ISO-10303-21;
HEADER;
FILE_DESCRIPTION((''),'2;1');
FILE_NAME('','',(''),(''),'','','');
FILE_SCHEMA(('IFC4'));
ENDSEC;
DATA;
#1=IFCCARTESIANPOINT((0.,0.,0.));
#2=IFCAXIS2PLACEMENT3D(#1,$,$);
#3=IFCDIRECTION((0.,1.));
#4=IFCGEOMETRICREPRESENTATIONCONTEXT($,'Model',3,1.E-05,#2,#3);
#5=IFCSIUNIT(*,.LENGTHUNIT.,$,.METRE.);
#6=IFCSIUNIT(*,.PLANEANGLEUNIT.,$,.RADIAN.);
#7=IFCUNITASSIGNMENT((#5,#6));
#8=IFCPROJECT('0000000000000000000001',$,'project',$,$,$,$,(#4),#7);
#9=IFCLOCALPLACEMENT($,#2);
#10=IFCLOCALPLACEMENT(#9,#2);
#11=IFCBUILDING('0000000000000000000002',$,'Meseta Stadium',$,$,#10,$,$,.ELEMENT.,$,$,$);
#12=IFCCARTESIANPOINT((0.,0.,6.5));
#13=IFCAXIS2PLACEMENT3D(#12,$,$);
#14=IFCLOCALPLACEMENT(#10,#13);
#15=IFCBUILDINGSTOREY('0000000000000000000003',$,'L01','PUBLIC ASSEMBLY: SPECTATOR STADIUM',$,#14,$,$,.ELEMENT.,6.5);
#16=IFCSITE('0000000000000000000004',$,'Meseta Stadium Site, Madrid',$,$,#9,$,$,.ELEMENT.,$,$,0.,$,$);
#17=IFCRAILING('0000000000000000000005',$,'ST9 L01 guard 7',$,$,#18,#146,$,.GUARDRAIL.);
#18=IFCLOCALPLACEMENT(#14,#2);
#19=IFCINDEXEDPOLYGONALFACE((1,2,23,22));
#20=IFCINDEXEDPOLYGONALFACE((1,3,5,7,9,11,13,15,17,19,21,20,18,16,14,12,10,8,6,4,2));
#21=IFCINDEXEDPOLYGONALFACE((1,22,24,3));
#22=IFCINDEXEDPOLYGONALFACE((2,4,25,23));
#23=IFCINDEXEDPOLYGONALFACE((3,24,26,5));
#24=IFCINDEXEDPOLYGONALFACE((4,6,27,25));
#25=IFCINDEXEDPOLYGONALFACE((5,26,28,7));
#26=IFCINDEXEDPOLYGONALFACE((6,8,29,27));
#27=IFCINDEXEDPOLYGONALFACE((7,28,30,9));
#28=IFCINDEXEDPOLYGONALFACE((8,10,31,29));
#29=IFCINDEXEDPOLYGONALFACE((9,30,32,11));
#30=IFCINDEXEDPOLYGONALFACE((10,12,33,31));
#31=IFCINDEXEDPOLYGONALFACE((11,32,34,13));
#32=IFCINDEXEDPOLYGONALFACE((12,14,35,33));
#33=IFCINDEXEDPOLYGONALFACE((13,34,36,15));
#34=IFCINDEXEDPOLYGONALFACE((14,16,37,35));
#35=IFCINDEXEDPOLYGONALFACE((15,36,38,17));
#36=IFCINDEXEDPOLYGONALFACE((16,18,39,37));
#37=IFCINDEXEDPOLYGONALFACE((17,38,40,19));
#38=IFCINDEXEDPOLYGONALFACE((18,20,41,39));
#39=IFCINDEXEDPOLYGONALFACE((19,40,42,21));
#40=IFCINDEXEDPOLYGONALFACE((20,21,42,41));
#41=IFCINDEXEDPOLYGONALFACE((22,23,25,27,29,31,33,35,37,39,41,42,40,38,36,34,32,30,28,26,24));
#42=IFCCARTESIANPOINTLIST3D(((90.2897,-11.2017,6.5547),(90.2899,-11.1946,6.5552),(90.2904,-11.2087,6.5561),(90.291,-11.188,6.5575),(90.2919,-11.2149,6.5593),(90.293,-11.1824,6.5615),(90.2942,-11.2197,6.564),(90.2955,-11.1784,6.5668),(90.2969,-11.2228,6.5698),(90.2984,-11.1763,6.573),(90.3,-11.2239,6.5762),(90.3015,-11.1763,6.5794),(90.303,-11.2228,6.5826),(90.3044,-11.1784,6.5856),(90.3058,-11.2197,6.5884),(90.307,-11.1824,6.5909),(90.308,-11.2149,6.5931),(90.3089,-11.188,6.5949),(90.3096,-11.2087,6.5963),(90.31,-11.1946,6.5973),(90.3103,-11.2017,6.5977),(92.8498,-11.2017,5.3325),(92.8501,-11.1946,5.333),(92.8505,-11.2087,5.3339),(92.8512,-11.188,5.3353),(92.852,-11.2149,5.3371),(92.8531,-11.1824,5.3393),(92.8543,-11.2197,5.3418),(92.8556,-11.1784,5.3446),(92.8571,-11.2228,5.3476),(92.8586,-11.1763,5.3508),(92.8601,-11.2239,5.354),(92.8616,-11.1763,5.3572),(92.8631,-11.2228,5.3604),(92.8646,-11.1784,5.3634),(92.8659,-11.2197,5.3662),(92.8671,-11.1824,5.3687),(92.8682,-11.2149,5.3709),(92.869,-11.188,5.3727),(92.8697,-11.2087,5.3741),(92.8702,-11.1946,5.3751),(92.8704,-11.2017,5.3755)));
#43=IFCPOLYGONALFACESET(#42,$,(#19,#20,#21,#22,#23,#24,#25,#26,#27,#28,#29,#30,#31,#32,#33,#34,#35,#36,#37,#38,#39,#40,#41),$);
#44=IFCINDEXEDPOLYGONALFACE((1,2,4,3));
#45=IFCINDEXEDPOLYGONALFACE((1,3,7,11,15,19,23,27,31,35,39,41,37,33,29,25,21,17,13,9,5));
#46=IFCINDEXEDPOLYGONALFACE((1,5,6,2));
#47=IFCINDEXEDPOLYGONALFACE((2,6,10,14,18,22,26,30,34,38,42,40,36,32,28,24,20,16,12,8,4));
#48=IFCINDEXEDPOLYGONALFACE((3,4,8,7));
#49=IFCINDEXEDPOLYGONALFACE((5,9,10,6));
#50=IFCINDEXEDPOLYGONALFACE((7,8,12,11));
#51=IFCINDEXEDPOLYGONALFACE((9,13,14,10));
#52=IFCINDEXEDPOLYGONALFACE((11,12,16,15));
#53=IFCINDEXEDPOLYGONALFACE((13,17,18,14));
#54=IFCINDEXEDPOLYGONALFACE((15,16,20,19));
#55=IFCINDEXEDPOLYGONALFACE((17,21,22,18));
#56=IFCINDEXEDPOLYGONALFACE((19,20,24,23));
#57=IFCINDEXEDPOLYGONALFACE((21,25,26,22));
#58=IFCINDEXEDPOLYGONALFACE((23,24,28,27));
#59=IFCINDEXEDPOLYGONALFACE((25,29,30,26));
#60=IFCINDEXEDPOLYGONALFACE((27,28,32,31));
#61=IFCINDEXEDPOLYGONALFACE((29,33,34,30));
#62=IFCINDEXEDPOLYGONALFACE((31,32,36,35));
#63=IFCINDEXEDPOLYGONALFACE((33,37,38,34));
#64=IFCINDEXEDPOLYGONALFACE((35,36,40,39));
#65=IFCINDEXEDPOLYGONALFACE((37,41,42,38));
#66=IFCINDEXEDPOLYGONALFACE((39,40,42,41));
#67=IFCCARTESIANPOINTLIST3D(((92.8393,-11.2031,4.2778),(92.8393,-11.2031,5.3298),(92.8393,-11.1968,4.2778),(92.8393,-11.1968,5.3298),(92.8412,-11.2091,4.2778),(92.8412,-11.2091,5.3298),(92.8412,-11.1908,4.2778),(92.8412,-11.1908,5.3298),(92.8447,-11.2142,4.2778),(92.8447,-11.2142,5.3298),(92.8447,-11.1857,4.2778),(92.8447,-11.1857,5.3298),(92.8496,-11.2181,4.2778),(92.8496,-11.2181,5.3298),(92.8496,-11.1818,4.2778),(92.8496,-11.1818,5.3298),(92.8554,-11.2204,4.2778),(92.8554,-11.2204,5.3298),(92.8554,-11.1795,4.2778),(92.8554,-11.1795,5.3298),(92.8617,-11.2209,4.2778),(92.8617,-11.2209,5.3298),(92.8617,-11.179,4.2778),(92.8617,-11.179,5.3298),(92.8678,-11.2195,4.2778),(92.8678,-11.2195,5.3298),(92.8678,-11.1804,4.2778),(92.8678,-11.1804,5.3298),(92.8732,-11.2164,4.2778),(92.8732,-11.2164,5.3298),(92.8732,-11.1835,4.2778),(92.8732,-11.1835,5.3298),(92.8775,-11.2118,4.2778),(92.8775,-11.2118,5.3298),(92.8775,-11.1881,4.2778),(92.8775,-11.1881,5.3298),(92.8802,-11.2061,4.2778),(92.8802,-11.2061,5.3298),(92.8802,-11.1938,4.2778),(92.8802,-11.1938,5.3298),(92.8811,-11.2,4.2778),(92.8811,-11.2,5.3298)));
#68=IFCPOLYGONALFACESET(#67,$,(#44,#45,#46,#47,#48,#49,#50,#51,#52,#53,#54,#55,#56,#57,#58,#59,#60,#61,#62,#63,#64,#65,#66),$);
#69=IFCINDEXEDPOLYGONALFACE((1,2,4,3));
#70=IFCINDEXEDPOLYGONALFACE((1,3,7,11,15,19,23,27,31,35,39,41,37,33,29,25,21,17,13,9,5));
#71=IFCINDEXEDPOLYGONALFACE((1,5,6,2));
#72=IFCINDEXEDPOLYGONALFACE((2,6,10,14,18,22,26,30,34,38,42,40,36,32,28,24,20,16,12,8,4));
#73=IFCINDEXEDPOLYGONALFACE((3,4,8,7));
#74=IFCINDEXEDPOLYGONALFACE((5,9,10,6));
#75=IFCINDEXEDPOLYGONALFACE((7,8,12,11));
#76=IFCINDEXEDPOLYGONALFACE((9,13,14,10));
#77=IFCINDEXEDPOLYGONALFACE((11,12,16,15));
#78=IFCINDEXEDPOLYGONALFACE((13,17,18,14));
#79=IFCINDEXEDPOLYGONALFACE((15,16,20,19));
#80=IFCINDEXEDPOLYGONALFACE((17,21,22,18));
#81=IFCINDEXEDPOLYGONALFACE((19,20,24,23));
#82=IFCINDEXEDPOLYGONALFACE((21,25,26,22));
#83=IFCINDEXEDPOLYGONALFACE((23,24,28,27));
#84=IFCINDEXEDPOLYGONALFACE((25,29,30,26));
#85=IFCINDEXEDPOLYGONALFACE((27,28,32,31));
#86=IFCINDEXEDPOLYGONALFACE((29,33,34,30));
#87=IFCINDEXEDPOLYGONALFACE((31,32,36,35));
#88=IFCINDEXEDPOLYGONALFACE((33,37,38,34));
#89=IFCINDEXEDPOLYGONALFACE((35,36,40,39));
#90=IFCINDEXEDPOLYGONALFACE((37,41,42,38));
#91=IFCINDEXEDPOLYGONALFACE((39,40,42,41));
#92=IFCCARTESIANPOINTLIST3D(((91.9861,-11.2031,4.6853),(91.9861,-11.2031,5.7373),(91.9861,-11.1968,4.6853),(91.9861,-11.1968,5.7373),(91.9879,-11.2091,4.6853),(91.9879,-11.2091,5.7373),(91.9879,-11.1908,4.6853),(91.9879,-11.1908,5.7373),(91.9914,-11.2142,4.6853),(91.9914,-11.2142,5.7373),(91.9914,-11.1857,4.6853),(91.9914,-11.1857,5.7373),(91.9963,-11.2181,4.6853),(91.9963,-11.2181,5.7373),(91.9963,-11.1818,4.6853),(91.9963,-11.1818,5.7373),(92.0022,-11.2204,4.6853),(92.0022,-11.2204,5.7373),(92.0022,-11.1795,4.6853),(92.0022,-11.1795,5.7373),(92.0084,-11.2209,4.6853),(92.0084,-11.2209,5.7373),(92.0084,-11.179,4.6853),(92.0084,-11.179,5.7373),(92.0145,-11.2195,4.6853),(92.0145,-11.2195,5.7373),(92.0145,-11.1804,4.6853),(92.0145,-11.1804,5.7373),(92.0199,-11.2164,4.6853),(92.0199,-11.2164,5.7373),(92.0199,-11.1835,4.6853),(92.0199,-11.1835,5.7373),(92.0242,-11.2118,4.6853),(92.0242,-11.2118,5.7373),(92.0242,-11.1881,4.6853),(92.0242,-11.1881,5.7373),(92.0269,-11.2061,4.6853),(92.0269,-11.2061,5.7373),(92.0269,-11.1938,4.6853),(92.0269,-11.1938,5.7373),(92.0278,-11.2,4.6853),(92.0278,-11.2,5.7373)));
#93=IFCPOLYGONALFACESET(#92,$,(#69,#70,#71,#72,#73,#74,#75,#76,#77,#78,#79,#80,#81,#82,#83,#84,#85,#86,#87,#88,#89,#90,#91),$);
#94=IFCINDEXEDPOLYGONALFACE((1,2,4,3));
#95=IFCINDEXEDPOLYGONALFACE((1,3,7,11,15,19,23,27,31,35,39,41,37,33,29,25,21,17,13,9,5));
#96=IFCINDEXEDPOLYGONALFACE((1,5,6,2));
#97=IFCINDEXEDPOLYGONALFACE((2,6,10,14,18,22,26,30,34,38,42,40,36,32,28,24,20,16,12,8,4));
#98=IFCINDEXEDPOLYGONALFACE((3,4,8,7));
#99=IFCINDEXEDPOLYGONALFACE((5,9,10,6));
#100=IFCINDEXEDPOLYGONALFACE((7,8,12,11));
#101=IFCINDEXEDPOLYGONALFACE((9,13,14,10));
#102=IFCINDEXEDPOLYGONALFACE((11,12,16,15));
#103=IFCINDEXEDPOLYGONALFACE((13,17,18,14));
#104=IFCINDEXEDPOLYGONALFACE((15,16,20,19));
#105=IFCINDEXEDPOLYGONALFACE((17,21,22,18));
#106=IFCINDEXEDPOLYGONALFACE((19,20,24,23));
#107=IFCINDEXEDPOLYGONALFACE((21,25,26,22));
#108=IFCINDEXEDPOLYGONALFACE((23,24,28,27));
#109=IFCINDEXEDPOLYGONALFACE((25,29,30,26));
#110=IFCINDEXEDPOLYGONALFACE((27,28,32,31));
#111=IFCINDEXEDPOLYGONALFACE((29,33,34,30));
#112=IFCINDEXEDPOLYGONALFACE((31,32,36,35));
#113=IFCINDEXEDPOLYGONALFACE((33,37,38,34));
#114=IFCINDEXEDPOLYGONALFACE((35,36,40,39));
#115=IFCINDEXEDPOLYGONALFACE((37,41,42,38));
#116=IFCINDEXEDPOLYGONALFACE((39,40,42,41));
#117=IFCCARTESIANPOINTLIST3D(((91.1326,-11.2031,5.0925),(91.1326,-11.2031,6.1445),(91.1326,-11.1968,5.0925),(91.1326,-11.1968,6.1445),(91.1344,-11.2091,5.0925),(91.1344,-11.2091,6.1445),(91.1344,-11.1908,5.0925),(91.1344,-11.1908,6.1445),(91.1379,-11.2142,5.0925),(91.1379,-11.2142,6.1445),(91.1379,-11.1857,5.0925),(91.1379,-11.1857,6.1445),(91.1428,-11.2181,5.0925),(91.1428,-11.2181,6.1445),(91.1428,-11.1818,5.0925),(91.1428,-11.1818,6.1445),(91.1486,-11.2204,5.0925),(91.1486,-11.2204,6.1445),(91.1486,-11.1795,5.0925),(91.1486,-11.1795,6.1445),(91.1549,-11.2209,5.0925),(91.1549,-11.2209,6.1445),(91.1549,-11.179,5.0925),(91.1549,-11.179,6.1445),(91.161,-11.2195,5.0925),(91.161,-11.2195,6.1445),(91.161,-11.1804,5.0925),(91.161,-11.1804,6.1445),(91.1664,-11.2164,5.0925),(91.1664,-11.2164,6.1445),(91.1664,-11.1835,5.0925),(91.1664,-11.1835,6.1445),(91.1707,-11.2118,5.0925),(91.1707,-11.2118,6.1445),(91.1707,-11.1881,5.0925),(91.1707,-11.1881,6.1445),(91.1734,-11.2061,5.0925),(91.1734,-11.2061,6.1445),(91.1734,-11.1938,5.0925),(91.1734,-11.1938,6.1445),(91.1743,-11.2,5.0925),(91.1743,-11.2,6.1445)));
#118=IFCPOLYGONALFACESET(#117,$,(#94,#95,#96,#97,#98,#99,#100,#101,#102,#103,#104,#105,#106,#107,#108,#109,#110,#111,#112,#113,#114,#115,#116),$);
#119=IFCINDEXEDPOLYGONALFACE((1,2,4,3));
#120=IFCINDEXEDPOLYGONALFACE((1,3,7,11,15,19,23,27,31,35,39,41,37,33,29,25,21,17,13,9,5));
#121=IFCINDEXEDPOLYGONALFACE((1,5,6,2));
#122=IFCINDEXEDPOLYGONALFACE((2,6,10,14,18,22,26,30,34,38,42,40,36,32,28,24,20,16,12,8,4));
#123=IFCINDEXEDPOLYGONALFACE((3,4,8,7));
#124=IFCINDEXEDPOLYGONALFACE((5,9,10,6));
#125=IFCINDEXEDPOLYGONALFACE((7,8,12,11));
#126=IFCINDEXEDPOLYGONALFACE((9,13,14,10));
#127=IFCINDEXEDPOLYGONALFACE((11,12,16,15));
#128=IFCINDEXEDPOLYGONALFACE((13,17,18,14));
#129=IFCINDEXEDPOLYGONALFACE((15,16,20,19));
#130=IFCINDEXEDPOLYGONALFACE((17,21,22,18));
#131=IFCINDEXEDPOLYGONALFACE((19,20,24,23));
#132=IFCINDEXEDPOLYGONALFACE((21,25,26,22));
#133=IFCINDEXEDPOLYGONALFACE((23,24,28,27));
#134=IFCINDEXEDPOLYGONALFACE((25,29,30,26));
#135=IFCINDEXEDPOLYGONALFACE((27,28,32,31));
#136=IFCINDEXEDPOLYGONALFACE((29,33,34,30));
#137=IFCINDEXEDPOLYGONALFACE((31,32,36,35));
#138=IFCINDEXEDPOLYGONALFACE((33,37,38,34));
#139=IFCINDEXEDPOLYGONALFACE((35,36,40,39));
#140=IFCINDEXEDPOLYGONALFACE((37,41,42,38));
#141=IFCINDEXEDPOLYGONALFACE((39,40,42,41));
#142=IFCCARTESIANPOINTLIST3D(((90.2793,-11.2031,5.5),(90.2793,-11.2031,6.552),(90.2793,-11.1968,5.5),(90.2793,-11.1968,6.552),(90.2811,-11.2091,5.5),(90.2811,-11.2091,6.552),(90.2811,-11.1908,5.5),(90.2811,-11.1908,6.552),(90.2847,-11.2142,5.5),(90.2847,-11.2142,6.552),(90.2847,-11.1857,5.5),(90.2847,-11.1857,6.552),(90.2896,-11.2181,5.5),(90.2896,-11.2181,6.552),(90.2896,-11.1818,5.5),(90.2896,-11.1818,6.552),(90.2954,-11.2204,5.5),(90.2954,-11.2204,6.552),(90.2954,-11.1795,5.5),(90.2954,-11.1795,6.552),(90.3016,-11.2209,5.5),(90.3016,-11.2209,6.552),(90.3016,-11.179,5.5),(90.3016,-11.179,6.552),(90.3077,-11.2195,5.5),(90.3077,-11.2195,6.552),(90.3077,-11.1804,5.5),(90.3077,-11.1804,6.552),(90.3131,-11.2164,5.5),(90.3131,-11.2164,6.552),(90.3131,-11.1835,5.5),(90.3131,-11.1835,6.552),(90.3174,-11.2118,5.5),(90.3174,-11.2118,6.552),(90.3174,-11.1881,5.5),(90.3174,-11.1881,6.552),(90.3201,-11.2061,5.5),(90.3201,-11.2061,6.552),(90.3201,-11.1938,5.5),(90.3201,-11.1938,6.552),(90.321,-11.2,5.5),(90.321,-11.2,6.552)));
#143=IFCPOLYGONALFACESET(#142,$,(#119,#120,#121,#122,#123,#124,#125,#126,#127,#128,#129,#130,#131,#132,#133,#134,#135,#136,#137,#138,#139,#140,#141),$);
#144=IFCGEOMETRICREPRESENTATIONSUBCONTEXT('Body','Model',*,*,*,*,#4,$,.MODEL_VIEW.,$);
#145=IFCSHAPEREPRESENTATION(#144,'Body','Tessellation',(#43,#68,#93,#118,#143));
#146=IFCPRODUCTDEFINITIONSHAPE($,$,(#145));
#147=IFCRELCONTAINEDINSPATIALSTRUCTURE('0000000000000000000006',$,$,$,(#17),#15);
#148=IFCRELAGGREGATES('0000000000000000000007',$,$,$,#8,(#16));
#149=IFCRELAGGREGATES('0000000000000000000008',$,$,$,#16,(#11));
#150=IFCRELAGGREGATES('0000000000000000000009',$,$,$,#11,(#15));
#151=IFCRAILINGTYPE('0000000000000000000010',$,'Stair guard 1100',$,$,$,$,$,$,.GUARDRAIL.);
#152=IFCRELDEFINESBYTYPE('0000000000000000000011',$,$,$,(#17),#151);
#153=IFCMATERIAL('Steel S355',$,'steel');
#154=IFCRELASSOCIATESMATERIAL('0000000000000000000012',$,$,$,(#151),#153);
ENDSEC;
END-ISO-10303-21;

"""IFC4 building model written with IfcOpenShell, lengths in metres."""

from ifc_helpers import new_model, si_unit, direction, frame, origin, origin_2d, place, context, subcontext, project, spatial, circle, extrude, material, type_object, element, save


model = new_model("IFC4")

# Units and contexts
model_context = context("Model", 3, precision=1e-05, world=origin(), true_north=direction((0.0, 1.0)))
body_context = subcontext(model_context, "Body", "Model", "MODEL_VIEW")
ifc_project = project(units=[si_unit("LENGTHUNIT", "METRE"), si_unit("PLANEANGLEUNIT", "RADIAN")], contexts=[model_context])

# Site, building, storey
site_placement = place(None, origin())
site = spatial("IfcSite", under=ifc_project, at=site_placement, Name="Meseta Stadium Site, Madrid", CompositionType="ELEMENT", RefElevation=0.0)
building_placement = place(site_placement, origin())
building = spatial("IfcBuilding", under=site, at=building_placement, Name="Meseta Stadium", CompositionType="ELEMENT")
storey_placement = place(building_placement, frame((0.0, 0.0, 6.5)))
storey = spatial("IfcBuildingStorey", under=building, at=storey_placement, Name="L01", Description="PUBLIC ASSEMBLY: SPECTATOR STADIUM", CompositionType="ELEMENT", Elevation=6.5)

# Railing
ifc_material_1 = material(Name="Steel S355", Category="steel")
railing_type_1 = type_object("IfcRailingType", Name="Stair guard 1100", PredefinedType="GUARDRAIL", material=ifc_material_1)
railing_1_placement = place(storey_placement, frame((92.8601, -11.2, 4.2778)))
element("IfcRailing", 1, at=railing_1_placement, inside=storey, type_object=railing_type_1, Name="ST9 L01 guard 7", PredefinedType="GUARDRAIL", context=body_context, shape_type="SweptSolid", body=[
    extrude(circle(Radius=0.0239, at=origin_2d()), frame((0.0, 0.0, 1.0762), z_axis=(-0.902437, 0.0, 0.430822), x_axis=(0.0, -1.0, 0.0)), (0.0, 0.0, 1.0), 2.8369),
    extrude(circle(Radius=0.021, at=origin_2d()), origin(), (0.0, 0.0, 1.0), 1.052),
    extrude(circle(Radius=0.021, at=origin_2d()), frame((-0.8533, 0.0, 0.4075)), (0.0, 0.0, 1.0), 1.052),
    extrude(circle(Radius=0.021, at=origin_2d()), frame((-1.7068, 0.0, 0.8147)), (0.0, 0.0, 1.0), 1.052),
    extrude(circle(Radius=0.021, at=origin_2d()), frame((-2.5601, 0.0, 1.2222)), (0.0, 0.0, 1.0), 1.052),
])

save(model, "model.ifc")
